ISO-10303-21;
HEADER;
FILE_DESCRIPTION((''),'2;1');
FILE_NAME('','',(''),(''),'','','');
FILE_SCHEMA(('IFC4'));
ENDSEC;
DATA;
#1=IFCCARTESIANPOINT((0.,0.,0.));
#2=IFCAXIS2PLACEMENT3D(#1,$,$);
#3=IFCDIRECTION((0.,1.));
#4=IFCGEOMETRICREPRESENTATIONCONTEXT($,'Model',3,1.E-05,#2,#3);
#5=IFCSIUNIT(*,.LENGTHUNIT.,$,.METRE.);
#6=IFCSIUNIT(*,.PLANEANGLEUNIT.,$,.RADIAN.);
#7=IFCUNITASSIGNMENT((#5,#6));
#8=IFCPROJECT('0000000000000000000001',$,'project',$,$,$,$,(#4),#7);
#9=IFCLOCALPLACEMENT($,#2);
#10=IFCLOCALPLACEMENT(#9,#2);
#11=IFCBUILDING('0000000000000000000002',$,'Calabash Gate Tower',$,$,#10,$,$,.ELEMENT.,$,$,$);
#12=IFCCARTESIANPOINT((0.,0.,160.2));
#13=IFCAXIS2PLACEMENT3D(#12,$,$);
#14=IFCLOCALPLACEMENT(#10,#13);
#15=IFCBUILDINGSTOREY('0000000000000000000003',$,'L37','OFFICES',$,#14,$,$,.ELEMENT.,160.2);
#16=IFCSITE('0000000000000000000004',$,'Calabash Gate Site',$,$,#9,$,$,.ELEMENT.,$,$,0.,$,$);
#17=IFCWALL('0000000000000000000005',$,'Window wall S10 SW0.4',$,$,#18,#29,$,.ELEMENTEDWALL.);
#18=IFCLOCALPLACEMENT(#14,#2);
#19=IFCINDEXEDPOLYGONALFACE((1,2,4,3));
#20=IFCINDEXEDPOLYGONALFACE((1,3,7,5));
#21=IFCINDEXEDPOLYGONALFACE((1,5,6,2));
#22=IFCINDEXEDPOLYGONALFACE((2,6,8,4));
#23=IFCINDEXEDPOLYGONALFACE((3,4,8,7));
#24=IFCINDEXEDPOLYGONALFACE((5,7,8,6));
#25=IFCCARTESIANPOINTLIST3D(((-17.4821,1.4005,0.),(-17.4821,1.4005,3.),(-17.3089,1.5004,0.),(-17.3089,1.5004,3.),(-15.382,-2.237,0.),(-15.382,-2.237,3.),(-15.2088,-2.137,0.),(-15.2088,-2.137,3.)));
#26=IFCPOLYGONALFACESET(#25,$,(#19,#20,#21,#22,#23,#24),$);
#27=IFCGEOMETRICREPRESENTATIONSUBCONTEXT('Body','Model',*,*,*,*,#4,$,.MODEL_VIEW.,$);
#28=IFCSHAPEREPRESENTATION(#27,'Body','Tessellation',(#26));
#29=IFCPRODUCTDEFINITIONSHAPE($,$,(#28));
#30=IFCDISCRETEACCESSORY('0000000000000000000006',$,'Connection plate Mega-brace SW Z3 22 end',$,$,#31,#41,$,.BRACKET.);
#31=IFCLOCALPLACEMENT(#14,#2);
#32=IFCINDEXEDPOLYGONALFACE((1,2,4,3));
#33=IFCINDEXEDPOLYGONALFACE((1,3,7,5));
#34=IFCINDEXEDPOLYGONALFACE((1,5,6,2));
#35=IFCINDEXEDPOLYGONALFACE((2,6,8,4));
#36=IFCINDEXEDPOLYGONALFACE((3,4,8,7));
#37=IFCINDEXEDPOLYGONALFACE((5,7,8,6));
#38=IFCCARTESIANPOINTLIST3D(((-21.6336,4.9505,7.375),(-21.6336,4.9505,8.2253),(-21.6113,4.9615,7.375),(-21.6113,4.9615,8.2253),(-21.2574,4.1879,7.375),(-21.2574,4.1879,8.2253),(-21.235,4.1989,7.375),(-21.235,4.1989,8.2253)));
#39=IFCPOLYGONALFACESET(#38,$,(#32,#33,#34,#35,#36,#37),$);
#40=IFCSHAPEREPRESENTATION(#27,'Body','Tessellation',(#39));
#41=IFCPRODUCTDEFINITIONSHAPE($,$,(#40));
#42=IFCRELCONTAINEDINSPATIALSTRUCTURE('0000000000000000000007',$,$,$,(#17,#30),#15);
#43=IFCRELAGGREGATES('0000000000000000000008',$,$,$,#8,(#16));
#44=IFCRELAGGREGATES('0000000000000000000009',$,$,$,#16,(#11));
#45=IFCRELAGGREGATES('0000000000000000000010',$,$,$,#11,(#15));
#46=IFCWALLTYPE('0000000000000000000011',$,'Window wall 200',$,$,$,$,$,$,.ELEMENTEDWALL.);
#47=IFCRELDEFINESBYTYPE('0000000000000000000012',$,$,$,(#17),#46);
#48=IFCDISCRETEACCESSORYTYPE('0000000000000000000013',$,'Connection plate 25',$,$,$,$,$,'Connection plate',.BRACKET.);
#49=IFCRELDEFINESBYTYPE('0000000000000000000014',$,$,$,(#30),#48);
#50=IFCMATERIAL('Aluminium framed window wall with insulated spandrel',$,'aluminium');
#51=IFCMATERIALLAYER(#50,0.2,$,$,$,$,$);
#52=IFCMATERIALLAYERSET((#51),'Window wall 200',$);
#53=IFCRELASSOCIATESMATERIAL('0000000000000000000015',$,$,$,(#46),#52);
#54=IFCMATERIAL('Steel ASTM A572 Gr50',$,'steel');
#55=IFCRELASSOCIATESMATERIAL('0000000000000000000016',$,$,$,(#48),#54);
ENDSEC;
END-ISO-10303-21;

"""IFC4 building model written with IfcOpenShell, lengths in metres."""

from ifc_helpers import new_model, si_unit, direction, frame, frame_2d, origin, origin_2d, place, context, subcontext, project, spatial, rectangle, extrude, material, layer, layer_set, type_object, element, save


model = new_model("IFC4")

# Units and contexts
model_context = context("Model", 3, precision=1e-05, world=origin(), true_north=direction((0.0, 1.0)))
body_context = subcontext(model_context, "Body", "Model", "MODEL_VIEW")
ifc_project = project(units=[si_unit("LENGTHUNIT", "METRE"), si_unit("PLANEANGLEUNIT", "RADIAN")], contexts=[model_context])

# Site, building, storey
site_placement = place(None, origin())
site = spatial("IfcSite", under=ifc_project, at=site_placement, Name="Calabash Gate Site", CompositionType="ELEMENT", RefElevation=0.0)
building_placement = place(site_placement, origin())
building = spatial("IfcBuilding", under=site, at=building_placement, Name="Calabash Gate Tower", CompositionType="ELEMENT")
storey_placement = place(building_placement, frame((0.0, 0.0, 160.2)))
storey = spatial("IfcBuildingStorey", under=building, at=storey_placement, Name="L37", Description="OFFICES", CompositionType="ELEMENT", Elevation=160.2)

# Wall
ifc_material_1 = material(Name="Aluminium framed window wall with insulated spandrel", Category="aluminium")
ifc_layer_1 = layer(ifc_material_1, 0.2)
ifc_layer_set_1 = layer_set([ifc_layer_1], Name="Window wall 200")
wall_type_1 = type_object("IfcWallType", Name="Window wall 200", PredefinedType="ELEMENTEDWALL", material=ifc_layer_set_1)
wall_1_placement = place(storey_placement, frame((-17.3955, 1.4504, 0.0), z_axis=(0.0, 0.0, 1.0), x_axis=(0.500003, -0.866024, 0.0)))
element("IfcWall", 1, at=wall_1_placement, inside=storey, type_object=wall_type_1, Name="Window wall S10 SW0.4", PredefinedType="ELEMENTEDWALL", context=body_context, shape_type="SweptSolid", body=[
    extrude(rectangle(XDim=4.2002, YDim=0.2, at=frame_2d((2.1001, 0.0))), origin(), (0.0, 0.0, 1.0), 3.0),
])

# Discrete accessory
ifc_material_2 = material(Name="Steel ASTM A572 Gr50", Category="steel")
discrete_accessory_type = type_object("IfcDiscreteAccessoryType", Name="Connection plate 25", ElementType="Connection plate", PredefinedType="BRACKET", material=ifc_material_2)
discrete_accessory_placement = place(storey_placement, frame((-21.4343, 4.5747, 7.375), z_axis=(0.0, 0.0, 1.0), x_axis=(-0.442498, 0.896769, 0.0)))
element("IfcDiscreteAccessory", 2, at=discrete_accessory_placement, inside=storey, type_object=discrete_accessory_type, Name="Connection plate Mega-brace SW Z3 22 end", PredefinedType="BRACKET", context=body_context, shape_type="SweptSolid", body=[
    extrude(rectangle(XDim=0.8503, YDim=0.0249, at=origin_2d()), origin(), (0.0, 0.0, 1.0), 0.8503),
])

save(model, "model.ifc")
